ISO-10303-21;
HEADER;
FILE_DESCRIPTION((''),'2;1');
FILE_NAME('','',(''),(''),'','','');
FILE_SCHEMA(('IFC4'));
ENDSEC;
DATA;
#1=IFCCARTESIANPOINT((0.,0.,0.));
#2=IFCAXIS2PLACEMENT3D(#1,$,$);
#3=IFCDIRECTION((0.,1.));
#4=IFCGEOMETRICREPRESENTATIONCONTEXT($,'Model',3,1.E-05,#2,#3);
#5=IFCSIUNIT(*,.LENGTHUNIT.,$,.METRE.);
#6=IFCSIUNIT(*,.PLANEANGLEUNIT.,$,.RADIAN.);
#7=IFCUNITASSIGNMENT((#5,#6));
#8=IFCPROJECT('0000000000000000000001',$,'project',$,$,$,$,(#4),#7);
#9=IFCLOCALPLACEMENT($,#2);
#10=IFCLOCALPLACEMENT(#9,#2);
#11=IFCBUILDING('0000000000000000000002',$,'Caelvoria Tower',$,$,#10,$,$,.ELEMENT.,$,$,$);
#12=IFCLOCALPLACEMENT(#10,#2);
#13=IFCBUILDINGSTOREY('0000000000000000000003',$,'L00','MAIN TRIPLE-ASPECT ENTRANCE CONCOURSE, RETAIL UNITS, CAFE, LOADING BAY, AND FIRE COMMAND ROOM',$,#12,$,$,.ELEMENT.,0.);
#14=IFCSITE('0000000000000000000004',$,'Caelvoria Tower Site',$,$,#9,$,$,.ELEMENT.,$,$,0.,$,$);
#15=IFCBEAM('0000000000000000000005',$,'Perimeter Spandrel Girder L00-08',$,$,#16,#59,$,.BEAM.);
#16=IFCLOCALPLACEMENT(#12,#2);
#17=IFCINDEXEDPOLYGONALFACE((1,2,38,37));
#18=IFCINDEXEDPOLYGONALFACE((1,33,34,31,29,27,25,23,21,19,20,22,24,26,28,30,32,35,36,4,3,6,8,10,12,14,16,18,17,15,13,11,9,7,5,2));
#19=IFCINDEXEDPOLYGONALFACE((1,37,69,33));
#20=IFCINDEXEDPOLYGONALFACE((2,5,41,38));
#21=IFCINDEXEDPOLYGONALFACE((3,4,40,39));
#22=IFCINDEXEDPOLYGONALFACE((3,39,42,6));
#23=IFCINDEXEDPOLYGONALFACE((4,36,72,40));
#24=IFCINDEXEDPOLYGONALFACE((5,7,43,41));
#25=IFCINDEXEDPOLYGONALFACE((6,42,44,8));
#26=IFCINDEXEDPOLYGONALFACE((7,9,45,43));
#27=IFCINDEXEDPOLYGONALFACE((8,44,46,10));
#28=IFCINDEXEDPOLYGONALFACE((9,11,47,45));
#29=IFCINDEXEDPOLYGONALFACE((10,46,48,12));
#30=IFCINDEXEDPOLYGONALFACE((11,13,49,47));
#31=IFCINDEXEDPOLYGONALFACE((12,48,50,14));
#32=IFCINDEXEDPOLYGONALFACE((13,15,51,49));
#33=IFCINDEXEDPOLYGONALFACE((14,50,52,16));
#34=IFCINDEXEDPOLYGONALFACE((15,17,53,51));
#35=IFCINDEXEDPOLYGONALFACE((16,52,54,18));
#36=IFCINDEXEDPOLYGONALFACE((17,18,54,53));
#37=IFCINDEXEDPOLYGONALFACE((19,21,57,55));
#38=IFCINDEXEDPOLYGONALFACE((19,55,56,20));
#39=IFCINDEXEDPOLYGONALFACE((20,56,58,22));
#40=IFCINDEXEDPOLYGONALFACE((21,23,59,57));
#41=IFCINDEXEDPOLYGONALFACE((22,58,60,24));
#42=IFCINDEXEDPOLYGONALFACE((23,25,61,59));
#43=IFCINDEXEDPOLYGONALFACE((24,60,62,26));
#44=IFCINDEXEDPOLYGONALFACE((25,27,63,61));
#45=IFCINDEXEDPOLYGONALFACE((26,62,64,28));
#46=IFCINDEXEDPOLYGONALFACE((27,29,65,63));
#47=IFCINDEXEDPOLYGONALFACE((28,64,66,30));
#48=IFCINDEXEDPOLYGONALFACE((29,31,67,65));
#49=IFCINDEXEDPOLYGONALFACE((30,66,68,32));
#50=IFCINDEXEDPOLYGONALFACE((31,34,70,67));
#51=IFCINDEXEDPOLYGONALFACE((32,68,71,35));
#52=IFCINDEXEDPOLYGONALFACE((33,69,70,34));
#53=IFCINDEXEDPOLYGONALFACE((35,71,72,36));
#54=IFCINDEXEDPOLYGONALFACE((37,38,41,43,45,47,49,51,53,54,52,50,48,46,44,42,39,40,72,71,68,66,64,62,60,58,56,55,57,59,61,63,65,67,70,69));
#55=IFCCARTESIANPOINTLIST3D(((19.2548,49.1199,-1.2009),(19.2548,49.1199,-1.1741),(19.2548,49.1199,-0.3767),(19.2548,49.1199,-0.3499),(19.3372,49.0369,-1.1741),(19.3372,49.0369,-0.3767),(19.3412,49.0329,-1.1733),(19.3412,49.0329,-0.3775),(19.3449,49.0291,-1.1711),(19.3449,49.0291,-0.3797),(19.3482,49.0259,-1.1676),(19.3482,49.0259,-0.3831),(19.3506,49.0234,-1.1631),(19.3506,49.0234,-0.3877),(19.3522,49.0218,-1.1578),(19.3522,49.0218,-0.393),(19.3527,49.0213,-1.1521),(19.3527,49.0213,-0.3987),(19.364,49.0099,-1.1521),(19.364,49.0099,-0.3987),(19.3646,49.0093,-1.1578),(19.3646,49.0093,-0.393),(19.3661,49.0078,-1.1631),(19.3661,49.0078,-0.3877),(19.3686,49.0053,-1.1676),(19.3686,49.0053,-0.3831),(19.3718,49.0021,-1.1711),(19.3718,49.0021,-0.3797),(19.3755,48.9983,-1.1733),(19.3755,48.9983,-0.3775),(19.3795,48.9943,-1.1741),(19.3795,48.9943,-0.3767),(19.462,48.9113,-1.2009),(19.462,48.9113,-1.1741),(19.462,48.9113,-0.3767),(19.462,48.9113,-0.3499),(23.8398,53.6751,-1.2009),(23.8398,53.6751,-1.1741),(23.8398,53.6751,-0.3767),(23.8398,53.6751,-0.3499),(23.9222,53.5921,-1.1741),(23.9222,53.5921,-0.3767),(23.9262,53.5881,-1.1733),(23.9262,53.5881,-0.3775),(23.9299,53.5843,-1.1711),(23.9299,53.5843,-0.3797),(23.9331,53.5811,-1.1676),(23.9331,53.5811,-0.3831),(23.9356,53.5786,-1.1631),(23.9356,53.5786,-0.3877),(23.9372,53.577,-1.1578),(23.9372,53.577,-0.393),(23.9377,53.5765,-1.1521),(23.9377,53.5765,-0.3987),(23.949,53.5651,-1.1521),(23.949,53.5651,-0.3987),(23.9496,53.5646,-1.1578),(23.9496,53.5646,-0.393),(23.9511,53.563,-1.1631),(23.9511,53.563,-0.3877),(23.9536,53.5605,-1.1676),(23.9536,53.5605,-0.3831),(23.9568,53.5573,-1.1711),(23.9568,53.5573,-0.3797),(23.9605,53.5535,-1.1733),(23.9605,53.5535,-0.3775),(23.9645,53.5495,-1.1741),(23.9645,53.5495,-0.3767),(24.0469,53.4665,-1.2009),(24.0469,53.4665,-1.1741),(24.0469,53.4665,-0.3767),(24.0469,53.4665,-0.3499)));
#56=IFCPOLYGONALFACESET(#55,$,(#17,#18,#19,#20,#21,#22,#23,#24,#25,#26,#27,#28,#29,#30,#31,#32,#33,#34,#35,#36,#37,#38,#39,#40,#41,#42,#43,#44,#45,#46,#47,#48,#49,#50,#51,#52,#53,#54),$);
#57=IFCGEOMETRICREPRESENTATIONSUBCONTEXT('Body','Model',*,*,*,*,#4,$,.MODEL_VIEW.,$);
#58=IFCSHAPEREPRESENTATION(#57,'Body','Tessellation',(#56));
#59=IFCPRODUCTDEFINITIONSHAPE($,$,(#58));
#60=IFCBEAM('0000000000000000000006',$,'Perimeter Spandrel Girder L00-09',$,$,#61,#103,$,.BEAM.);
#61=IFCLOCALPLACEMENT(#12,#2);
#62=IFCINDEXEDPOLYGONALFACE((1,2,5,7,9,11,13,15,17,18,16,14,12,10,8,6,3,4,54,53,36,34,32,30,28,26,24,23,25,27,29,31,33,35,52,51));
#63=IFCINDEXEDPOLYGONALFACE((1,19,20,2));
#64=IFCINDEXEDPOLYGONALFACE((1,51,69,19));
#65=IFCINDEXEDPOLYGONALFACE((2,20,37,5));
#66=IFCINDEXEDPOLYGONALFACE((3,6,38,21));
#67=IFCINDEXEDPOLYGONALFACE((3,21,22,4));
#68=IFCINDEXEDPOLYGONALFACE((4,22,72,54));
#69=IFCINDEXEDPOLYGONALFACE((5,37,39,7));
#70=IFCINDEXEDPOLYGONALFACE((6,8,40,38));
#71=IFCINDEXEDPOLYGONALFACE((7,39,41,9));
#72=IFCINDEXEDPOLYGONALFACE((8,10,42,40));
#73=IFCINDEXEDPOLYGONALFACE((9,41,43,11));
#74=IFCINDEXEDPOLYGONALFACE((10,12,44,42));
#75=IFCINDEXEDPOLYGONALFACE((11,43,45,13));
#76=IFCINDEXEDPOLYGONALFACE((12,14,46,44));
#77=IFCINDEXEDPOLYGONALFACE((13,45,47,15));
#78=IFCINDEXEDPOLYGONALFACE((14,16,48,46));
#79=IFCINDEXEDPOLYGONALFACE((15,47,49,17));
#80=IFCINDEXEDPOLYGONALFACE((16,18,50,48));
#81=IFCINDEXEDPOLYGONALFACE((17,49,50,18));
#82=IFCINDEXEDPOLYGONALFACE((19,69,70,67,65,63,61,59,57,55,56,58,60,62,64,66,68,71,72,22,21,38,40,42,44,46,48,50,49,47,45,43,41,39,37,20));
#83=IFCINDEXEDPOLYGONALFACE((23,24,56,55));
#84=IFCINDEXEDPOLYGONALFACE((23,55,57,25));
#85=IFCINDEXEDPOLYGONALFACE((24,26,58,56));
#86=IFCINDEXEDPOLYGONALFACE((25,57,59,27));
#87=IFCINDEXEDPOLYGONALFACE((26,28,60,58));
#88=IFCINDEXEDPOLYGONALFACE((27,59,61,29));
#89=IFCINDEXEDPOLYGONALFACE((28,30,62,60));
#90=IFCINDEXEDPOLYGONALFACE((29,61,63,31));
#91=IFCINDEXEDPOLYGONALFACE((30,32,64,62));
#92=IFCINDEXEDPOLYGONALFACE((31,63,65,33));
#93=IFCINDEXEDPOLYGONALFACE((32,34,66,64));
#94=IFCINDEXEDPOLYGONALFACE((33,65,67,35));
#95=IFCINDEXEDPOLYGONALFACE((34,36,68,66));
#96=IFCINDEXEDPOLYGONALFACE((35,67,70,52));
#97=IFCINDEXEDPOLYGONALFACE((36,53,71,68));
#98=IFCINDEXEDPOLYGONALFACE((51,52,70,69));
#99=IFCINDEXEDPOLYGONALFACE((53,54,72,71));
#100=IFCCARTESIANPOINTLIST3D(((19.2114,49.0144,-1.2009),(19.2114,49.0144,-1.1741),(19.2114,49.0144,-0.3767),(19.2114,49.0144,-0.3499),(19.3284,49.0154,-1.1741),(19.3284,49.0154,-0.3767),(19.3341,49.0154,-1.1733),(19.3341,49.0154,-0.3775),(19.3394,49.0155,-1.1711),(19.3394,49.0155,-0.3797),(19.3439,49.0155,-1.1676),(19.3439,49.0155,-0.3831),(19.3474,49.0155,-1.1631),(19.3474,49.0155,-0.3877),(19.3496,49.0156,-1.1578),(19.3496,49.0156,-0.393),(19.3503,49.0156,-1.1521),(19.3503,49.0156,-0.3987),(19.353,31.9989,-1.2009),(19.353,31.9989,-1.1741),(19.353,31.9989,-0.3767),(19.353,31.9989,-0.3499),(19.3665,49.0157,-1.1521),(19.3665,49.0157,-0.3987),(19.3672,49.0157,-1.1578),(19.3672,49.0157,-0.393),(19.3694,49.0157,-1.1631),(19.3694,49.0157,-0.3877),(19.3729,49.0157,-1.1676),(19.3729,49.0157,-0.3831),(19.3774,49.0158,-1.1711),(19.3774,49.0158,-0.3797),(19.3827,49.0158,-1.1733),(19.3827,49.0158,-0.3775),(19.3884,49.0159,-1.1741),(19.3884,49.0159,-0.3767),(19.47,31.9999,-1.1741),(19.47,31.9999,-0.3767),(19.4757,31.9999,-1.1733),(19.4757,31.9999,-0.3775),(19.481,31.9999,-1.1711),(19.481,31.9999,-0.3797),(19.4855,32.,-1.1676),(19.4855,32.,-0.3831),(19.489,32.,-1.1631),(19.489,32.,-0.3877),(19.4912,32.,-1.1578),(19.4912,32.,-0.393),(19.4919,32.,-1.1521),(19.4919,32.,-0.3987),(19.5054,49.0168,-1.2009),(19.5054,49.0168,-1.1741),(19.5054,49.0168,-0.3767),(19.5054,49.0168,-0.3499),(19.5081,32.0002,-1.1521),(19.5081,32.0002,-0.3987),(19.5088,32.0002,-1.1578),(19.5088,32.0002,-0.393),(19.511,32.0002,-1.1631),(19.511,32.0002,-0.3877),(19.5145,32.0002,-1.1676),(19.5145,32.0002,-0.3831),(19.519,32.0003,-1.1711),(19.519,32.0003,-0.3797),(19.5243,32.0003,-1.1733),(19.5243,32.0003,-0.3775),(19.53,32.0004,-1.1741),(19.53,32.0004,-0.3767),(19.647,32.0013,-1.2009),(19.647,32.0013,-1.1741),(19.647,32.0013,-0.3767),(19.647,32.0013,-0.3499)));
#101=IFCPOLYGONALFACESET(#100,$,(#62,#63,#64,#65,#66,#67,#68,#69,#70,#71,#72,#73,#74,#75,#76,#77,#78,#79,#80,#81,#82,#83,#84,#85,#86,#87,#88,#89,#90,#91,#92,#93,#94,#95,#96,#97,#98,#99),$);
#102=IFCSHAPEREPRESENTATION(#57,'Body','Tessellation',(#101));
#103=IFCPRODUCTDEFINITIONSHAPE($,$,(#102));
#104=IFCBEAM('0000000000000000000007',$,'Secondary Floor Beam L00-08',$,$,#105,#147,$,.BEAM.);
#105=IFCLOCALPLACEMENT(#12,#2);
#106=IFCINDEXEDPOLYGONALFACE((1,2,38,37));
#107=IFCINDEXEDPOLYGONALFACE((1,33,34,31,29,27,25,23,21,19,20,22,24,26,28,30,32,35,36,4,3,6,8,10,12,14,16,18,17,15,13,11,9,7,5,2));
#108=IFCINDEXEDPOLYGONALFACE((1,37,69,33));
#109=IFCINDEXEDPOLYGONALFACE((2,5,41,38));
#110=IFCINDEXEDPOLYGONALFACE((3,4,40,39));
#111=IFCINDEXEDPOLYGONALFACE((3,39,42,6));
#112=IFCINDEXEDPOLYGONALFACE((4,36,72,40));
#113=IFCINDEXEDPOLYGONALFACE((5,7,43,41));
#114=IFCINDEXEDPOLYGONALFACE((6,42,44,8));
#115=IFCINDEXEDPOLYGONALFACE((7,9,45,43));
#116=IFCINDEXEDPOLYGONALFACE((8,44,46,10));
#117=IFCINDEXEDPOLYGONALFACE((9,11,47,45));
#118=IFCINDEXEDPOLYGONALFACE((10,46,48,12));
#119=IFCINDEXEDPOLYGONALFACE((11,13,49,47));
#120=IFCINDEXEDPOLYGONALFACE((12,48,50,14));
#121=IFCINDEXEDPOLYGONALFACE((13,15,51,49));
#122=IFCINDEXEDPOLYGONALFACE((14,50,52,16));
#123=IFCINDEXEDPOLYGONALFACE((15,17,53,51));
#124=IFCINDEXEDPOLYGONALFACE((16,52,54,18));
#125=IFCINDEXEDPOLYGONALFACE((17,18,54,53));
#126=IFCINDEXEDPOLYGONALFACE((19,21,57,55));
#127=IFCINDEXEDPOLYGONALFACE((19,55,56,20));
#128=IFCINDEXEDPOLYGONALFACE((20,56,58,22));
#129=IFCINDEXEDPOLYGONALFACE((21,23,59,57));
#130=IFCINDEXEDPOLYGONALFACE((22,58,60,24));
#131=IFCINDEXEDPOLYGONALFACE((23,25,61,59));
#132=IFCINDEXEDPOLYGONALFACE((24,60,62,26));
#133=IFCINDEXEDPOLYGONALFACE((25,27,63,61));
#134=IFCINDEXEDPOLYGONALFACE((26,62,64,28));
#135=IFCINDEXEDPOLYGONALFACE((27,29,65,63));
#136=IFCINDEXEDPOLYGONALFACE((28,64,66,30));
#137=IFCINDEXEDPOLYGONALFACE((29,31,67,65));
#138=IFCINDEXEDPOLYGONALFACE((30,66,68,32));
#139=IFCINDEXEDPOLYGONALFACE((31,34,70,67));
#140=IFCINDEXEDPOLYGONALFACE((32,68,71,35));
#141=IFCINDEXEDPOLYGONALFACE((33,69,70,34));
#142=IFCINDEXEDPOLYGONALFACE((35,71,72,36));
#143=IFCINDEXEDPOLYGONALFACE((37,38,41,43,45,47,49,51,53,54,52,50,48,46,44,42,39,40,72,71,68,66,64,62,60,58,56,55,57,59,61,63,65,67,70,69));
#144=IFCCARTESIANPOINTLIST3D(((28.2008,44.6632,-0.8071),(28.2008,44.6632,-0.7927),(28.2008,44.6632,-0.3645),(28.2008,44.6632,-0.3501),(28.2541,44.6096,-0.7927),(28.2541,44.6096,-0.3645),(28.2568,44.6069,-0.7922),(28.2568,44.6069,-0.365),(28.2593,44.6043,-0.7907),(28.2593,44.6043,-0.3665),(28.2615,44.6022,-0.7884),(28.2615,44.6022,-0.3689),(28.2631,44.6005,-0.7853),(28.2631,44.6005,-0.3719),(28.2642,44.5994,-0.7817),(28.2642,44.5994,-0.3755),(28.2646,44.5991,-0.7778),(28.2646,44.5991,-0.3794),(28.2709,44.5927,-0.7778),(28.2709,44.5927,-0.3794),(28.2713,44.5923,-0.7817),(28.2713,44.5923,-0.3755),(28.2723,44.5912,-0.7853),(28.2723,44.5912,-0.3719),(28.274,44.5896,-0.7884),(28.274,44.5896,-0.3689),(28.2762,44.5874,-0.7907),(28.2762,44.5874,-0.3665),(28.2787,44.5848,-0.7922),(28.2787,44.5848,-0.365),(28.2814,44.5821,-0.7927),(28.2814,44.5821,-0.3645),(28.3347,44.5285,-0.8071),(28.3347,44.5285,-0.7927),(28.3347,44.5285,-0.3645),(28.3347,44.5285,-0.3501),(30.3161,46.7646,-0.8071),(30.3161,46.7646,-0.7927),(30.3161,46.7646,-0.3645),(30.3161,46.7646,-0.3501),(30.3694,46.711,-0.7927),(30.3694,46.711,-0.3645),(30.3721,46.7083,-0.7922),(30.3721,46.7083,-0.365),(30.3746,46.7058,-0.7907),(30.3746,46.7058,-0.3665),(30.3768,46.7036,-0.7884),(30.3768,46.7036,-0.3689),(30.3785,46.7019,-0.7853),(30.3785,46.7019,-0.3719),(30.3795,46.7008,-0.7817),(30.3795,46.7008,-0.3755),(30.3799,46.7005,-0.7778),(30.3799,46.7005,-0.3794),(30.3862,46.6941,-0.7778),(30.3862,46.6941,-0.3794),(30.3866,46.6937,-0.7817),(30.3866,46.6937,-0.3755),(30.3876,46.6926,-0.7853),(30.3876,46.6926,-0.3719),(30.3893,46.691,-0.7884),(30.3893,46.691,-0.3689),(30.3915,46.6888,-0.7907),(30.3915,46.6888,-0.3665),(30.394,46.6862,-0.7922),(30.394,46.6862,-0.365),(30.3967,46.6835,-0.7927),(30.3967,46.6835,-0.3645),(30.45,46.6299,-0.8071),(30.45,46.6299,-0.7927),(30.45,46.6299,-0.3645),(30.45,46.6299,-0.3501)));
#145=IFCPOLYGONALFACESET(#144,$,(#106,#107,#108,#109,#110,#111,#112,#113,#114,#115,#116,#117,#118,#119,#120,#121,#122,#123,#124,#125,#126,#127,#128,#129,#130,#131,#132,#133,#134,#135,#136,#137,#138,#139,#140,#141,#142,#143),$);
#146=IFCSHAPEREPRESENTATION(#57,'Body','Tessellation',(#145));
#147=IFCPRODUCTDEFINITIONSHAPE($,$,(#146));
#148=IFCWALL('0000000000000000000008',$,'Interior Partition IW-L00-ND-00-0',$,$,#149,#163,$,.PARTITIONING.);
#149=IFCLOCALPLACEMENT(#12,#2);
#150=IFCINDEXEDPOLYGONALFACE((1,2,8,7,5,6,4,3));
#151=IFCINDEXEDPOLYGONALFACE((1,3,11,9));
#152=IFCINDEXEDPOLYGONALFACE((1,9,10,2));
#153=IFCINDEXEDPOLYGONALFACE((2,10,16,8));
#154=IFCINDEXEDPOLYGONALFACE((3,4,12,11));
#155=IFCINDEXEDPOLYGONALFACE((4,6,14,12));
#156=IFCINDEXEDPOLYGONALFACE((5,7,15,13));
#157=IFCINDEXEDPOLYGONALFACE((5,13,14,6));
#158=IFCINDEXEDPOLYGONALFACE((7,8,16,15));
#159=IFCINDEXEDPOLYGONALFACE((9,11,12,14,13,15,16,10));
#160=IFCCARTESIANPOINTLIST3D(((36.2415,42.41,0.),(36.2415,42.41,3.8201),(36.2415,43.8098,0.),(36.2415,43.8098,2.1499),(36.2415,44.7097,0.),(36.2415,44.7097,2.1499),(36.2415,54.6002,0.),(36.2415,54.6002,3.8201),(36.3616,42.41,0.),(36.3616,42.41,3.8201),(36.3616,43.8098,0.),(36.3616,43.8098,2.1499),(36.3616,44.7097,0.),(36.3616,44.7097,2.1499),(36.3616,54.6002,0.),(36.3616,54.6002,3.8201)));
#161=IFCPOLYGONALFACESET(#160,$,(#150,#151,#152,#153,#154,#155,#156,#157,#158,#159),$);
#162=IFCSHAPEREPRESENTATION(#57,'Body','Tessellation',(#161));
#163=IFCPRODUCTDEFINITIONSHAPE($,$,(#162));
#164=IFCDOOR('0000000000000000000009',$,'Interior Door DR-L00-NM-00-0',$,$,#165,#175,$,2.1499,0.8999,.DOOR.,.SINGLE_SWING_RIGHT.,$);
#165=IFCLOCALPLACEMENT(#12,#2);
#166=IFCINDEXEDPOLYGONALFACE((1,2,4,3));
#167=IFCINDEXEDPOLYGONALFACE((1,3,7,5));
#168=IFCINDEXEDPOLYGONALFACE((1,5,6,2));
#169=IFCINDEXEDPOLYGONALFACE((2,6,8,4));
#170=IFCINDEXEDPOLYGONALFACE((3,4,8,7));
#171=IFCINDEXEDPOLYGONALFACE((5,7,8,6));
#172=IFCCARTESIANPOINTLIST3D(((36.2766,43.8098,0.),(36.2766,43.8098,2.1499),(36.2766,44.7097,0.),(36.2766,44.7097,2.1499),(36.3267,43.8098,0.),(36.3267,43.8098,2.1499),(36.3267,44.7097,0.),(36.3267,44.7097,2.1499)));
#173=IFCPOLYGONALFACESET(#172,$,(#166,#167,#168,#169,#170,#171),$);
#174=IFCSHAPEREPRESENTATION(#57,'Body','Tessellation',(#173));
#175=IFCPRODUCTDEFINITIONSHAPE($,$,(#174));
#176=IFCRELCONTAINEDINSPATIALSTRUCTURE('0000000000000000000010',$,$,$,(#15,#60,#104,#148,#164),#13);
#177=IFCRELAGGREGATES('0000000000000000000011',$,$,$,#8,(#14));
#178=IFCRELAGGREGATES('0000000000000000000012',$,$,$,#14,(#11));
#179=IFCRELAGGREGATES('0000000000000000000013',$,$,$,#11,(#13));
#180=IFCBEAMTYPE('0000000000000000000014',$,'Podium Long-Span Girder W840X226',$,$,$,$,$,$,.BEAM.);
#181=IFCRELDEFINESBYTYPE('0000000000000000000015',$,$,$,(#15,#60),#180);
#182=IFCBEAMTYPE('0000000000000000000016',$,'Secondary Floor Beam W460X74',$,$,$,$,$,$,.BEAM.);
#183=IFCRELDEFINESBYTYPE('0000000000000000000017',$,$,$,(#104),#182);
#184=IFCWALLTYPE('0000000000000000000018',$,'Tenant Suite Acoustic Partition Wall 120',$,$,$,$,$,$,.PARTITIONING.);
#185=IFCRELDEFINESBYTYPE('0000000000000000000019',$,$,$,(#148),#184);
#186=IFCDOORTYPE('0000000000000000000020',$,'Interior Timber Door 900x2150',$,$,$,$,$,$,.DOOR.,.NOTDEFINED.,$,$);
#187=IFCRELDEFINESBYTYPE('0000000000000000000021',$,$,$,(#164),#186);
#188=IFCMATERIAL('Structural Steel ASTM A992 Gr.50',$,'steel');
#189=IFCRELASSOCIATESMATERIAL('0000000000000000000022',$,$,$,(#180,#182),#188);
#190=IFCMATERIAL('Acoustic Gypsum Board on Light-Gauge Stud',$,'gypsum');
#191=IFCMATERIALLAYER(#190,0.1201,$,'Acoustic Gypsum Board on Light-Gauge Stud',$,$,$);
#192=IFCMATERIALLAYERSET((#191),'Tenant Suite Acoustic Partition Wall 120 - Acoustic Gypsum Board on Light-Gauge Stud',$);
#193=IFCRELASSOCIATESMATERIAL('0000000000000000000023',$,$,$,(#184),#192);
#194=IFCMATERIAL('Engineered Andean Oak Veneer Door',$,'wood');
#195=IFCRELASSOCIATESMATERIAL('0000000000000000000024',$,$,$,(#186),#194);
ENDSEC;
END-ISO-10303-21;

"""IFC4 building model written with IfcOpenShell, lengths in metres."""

from ifc_helpers import new_model, si_unit, direction, frame, frame_2d, origin, origin_2d, place, context, subcontext, project, spatial, rectangle, i_section, extrude, material, layer, layer_set, material_profile, profile_set, type_object, element, fill, save


model = new_model("IFC4")

# Units and contexts
model_context = context("Model", 3, precision=1e-05, world=origin(), true_north=direction((0.0, 1.0)))
body_context = subcontext(model_context, "Body", "Model", "MODEL_VIEW")
ifc_project = project(units=[si_unit("LENGTHUNIT", "METRE"), si_unit("PLANEANGLEUNIT", "RADIAN")], contexts=[model_context])

# Site, building, storey
site_placement = place(None, origin())
site = spatial("IfcSite", under=ifc_project, at=site_placement, Name="Caelvoria Tower Site", CompositionType="ELEMENT", RefElevation=0.0)
building_placement = place(site_placement, origin())
building = spatial("IfcBuilding", under=site, at=building_placement, Name="Caelvoria Tower", CompositionType="ELEMENT")
storey_placement = place(building_placement, origin())
storey = spatial("IfcBuildingStorey", under=building, at=storey_placement, Name="L00", Description="MAIN TRIPLE-ASPECT ENTRANCE CONCOURSE, RETAIL UNITS, CAFE, LOADING BAY, AND FIRE COMMAND ROOM", CompositionType="ELEMENT", Elevation=0.0)

# Shared definitions
ifc_material_1 = material(Name="Structural Steel ASTM A992 Gr.50", Category="steel")

# Beams
ifc_material_profile_1 = material_profile(ifc_material_1, i_section(OverallWidth=0.2939, OverallDepth=0.8511, WebThickness=0.0161, FlangeThickness=0.0269, FilletRadius=0.022, at=origin_2d()), Name="Structural Steel ASTM A992 Gr.50")
ifc_profile_set_1 = profile_set([ifc_material_profile_1], Name="W840X226 - Structural Steel ASTM A992 Gr.50")
beam_type_1 = type_object("IfcBeamType", Name="Podium Long-Span Girder W840X226", PredefinedType="BEAM", material=ifc_profile_set_1)
beam_1_placement = place(storey_placement, frame((23.9434, 53.5708, -0.7754), z_axis=(-0.709407, -0.704799, 0.0), x_axis=(0.704799, -0.709407, 0.0)))
element("IfcBeam", 1, at=beam_1_placement, inside=storey, type_object=beam_type_1, Name="Perimeter Spandrel Girder L00-08", PredefinedType="BEAM", context=body_context, shape_type="SweptSolid", body=[
    extrude(i_section(OverallWidth=0.2939, OverallDepth=0.8511, WebThickness=0.0161, FlangeThickness=0.0269, FilletRadius=0.022, at=origin_2d()), origin(), (0.0, 0.0, 1.0), 6.4631),
])
beam_2_placement = place(storey_placement, frame((19.3584, 49.0156, -0.7754), z_axis=(0.008322, -0.999965, 0.0), x_axis=(0.999965, 0.008322, 0.0)))
element("IfcBeam", 2, at=beam_2_placement, inside=storey, type_object=beam_type_1, Name="Perimeter Spandrel Girder L00-09", PredefinedType="BEAM", context=body_context, shape_type="SweptSolid", body=[
    extrude(i_section(OverallWidth=0.2939, OverallDepth=0.8511, WebThickness=0.0161, FlangeThickness=0.0269, FilletRadius=0.022, at=origin_2d()), origin(), (0.0, 0.0, 1.0), 17.0161),
])
ifc_material_profile_2 = material_profile(ifc_material_1, i_section(OverallWidth=0.1899, OverallDepth=0.457, WebThickness=0.009, FlangeThickness=0.0144, FilletRadius=0.0149, at=origin_2d()), Name="Structural Steel ASTM A992 Gr.50")
ifc_profile_set_2 = profile_set([ifc_material_profile_2], Name="W460X74 - Structural Steel ASTM A992 Gr.50")
beam_type_2 = type_object("IfcBeamType", Name="Secondary Floor Beam W460X74", PredefinedType="BEAM", material=ifc_profile_set_2)
beam_3_placement = place(storey_placement, frame((30.3831, 46.6973, -0.5786), z_axis=(-0.709437, -0.704769, 0.0), x_axis=(0.704769, -0.709437, 0.0)))
element("IfcBeam", 3, at=beam_3_placement, inside=storey, type_object=beam_type_2, Name="Secondary Floor Beam L00-08", PredefinedType="BEAM", context=body_context, shape_type="SweptSolid", body=[
    extrude(i_section(OverallWidth=0.1899, OverallDepth=0.457, WebThickness=0.009, FlangeThickness=0.0144, FilletRadius=0.0149, at=origin_2d()), origin(), (0.0, 0.0, 1.0), 2.9817),
])

# Wall, opening, door
ifc_material_2 = material(Name="Acoustic Gypsum Board on Light-Gauge Stud", Category="gypsum")
ifc_layer_1 = layer(ifc_material_2, 0.1201, Name="Acoustic Gypsum Board on Light-Gauge Stud")
ifc_layer_set_1 = layer_set([ifc_layer_1], Name="Tenant Suite Acoustic Partition Wall 120 - Acoustic Gypsum Board on Light-Gauge Stud")
wall_type = type_object("IfcWallType", Name="Tenant Suite Acoustic Partition Wall 120", PredefinedType="PARTITIONING", material=ifc_layer_set_1)
wall_1_placement = place(storey_placement, frame((36.3015, 42.4099, 0.0), z_axis=(0.0, 0.0, 1.0), x_axis=(0.0, 1.0, 0.0)))
wall_1 = element("IfcWall", 4, at=wall_1_placement, inside=storey, type_object=wall_type, Name="Interior Partition IW-L00-ND-00-0", PredefinedType="PARTITIONING", context=body_context, shape_type="SweptSolid", body=[
    extrude(rectangle(XDim=12.1902, YDim=0.1201, at=frame_2d((6.0952, 0.0))), origin(), (0.0, 0.0, 1.0), 3.8201),
])
opening_1_placement = place(wall_1_placement, frame((1.3999, 0.0, 0.0)))
opening_1 = element("IfcOpeningElement", 5, at=opening_1_placement, cuts=wall_1, PredefinedType="OPENING", context=body_context, shape_type="SweptSolid", body=[
    extrude(rectangle(XDim=0.8999, YDim=2.1499, at=frame_2d((0.45, 1.075))), frame((0.0, 0.0701, 0.0), z_axis=(0.0, -1.0, 0.0), x_axis=(1.0, 0.0, 0.0)), (0.0, 0.0, 1.0), 0.1401),
])
ifc_material_3 = material(Name="Engineered Andean Oak Veneer Door", Category="wood")
door_type_1 = type_object("IfcDoorType", Name="Interior Timber Door 900x2150", OperationType="NOTDEFINED", PredefinedType="DOOR", material=ifc_material_3)
door_1_placement = place(opening_1_placement, origin())
door_1 = element("IfcDoor", 6, at=door_1_placement, inside=storey, type_object=door_type_1, Name="Interior Door DR-L00-NM-00-0", OperationType="SINGLE_SWING_RIGHT", OverallHeight=2.1499, OverallWidth=0.8999, PredefinedType="DOOR", context=body_context, shape_type="SweptSolid", body=[
    extrude(rectangle(XDim=0.8999, YDim=2.1499, at=frame_2d((0.45, 1.075))), frame((0.0, 0.0249, 0.0), z_axis=(0.0, -1.0, 0.0), x_axis=(1.0, 0.0, 0.0)), (0.0, 0.0, 1.0), 0.05),
])
fill(opening_1, door_1)

save(model, "model.ifc")
